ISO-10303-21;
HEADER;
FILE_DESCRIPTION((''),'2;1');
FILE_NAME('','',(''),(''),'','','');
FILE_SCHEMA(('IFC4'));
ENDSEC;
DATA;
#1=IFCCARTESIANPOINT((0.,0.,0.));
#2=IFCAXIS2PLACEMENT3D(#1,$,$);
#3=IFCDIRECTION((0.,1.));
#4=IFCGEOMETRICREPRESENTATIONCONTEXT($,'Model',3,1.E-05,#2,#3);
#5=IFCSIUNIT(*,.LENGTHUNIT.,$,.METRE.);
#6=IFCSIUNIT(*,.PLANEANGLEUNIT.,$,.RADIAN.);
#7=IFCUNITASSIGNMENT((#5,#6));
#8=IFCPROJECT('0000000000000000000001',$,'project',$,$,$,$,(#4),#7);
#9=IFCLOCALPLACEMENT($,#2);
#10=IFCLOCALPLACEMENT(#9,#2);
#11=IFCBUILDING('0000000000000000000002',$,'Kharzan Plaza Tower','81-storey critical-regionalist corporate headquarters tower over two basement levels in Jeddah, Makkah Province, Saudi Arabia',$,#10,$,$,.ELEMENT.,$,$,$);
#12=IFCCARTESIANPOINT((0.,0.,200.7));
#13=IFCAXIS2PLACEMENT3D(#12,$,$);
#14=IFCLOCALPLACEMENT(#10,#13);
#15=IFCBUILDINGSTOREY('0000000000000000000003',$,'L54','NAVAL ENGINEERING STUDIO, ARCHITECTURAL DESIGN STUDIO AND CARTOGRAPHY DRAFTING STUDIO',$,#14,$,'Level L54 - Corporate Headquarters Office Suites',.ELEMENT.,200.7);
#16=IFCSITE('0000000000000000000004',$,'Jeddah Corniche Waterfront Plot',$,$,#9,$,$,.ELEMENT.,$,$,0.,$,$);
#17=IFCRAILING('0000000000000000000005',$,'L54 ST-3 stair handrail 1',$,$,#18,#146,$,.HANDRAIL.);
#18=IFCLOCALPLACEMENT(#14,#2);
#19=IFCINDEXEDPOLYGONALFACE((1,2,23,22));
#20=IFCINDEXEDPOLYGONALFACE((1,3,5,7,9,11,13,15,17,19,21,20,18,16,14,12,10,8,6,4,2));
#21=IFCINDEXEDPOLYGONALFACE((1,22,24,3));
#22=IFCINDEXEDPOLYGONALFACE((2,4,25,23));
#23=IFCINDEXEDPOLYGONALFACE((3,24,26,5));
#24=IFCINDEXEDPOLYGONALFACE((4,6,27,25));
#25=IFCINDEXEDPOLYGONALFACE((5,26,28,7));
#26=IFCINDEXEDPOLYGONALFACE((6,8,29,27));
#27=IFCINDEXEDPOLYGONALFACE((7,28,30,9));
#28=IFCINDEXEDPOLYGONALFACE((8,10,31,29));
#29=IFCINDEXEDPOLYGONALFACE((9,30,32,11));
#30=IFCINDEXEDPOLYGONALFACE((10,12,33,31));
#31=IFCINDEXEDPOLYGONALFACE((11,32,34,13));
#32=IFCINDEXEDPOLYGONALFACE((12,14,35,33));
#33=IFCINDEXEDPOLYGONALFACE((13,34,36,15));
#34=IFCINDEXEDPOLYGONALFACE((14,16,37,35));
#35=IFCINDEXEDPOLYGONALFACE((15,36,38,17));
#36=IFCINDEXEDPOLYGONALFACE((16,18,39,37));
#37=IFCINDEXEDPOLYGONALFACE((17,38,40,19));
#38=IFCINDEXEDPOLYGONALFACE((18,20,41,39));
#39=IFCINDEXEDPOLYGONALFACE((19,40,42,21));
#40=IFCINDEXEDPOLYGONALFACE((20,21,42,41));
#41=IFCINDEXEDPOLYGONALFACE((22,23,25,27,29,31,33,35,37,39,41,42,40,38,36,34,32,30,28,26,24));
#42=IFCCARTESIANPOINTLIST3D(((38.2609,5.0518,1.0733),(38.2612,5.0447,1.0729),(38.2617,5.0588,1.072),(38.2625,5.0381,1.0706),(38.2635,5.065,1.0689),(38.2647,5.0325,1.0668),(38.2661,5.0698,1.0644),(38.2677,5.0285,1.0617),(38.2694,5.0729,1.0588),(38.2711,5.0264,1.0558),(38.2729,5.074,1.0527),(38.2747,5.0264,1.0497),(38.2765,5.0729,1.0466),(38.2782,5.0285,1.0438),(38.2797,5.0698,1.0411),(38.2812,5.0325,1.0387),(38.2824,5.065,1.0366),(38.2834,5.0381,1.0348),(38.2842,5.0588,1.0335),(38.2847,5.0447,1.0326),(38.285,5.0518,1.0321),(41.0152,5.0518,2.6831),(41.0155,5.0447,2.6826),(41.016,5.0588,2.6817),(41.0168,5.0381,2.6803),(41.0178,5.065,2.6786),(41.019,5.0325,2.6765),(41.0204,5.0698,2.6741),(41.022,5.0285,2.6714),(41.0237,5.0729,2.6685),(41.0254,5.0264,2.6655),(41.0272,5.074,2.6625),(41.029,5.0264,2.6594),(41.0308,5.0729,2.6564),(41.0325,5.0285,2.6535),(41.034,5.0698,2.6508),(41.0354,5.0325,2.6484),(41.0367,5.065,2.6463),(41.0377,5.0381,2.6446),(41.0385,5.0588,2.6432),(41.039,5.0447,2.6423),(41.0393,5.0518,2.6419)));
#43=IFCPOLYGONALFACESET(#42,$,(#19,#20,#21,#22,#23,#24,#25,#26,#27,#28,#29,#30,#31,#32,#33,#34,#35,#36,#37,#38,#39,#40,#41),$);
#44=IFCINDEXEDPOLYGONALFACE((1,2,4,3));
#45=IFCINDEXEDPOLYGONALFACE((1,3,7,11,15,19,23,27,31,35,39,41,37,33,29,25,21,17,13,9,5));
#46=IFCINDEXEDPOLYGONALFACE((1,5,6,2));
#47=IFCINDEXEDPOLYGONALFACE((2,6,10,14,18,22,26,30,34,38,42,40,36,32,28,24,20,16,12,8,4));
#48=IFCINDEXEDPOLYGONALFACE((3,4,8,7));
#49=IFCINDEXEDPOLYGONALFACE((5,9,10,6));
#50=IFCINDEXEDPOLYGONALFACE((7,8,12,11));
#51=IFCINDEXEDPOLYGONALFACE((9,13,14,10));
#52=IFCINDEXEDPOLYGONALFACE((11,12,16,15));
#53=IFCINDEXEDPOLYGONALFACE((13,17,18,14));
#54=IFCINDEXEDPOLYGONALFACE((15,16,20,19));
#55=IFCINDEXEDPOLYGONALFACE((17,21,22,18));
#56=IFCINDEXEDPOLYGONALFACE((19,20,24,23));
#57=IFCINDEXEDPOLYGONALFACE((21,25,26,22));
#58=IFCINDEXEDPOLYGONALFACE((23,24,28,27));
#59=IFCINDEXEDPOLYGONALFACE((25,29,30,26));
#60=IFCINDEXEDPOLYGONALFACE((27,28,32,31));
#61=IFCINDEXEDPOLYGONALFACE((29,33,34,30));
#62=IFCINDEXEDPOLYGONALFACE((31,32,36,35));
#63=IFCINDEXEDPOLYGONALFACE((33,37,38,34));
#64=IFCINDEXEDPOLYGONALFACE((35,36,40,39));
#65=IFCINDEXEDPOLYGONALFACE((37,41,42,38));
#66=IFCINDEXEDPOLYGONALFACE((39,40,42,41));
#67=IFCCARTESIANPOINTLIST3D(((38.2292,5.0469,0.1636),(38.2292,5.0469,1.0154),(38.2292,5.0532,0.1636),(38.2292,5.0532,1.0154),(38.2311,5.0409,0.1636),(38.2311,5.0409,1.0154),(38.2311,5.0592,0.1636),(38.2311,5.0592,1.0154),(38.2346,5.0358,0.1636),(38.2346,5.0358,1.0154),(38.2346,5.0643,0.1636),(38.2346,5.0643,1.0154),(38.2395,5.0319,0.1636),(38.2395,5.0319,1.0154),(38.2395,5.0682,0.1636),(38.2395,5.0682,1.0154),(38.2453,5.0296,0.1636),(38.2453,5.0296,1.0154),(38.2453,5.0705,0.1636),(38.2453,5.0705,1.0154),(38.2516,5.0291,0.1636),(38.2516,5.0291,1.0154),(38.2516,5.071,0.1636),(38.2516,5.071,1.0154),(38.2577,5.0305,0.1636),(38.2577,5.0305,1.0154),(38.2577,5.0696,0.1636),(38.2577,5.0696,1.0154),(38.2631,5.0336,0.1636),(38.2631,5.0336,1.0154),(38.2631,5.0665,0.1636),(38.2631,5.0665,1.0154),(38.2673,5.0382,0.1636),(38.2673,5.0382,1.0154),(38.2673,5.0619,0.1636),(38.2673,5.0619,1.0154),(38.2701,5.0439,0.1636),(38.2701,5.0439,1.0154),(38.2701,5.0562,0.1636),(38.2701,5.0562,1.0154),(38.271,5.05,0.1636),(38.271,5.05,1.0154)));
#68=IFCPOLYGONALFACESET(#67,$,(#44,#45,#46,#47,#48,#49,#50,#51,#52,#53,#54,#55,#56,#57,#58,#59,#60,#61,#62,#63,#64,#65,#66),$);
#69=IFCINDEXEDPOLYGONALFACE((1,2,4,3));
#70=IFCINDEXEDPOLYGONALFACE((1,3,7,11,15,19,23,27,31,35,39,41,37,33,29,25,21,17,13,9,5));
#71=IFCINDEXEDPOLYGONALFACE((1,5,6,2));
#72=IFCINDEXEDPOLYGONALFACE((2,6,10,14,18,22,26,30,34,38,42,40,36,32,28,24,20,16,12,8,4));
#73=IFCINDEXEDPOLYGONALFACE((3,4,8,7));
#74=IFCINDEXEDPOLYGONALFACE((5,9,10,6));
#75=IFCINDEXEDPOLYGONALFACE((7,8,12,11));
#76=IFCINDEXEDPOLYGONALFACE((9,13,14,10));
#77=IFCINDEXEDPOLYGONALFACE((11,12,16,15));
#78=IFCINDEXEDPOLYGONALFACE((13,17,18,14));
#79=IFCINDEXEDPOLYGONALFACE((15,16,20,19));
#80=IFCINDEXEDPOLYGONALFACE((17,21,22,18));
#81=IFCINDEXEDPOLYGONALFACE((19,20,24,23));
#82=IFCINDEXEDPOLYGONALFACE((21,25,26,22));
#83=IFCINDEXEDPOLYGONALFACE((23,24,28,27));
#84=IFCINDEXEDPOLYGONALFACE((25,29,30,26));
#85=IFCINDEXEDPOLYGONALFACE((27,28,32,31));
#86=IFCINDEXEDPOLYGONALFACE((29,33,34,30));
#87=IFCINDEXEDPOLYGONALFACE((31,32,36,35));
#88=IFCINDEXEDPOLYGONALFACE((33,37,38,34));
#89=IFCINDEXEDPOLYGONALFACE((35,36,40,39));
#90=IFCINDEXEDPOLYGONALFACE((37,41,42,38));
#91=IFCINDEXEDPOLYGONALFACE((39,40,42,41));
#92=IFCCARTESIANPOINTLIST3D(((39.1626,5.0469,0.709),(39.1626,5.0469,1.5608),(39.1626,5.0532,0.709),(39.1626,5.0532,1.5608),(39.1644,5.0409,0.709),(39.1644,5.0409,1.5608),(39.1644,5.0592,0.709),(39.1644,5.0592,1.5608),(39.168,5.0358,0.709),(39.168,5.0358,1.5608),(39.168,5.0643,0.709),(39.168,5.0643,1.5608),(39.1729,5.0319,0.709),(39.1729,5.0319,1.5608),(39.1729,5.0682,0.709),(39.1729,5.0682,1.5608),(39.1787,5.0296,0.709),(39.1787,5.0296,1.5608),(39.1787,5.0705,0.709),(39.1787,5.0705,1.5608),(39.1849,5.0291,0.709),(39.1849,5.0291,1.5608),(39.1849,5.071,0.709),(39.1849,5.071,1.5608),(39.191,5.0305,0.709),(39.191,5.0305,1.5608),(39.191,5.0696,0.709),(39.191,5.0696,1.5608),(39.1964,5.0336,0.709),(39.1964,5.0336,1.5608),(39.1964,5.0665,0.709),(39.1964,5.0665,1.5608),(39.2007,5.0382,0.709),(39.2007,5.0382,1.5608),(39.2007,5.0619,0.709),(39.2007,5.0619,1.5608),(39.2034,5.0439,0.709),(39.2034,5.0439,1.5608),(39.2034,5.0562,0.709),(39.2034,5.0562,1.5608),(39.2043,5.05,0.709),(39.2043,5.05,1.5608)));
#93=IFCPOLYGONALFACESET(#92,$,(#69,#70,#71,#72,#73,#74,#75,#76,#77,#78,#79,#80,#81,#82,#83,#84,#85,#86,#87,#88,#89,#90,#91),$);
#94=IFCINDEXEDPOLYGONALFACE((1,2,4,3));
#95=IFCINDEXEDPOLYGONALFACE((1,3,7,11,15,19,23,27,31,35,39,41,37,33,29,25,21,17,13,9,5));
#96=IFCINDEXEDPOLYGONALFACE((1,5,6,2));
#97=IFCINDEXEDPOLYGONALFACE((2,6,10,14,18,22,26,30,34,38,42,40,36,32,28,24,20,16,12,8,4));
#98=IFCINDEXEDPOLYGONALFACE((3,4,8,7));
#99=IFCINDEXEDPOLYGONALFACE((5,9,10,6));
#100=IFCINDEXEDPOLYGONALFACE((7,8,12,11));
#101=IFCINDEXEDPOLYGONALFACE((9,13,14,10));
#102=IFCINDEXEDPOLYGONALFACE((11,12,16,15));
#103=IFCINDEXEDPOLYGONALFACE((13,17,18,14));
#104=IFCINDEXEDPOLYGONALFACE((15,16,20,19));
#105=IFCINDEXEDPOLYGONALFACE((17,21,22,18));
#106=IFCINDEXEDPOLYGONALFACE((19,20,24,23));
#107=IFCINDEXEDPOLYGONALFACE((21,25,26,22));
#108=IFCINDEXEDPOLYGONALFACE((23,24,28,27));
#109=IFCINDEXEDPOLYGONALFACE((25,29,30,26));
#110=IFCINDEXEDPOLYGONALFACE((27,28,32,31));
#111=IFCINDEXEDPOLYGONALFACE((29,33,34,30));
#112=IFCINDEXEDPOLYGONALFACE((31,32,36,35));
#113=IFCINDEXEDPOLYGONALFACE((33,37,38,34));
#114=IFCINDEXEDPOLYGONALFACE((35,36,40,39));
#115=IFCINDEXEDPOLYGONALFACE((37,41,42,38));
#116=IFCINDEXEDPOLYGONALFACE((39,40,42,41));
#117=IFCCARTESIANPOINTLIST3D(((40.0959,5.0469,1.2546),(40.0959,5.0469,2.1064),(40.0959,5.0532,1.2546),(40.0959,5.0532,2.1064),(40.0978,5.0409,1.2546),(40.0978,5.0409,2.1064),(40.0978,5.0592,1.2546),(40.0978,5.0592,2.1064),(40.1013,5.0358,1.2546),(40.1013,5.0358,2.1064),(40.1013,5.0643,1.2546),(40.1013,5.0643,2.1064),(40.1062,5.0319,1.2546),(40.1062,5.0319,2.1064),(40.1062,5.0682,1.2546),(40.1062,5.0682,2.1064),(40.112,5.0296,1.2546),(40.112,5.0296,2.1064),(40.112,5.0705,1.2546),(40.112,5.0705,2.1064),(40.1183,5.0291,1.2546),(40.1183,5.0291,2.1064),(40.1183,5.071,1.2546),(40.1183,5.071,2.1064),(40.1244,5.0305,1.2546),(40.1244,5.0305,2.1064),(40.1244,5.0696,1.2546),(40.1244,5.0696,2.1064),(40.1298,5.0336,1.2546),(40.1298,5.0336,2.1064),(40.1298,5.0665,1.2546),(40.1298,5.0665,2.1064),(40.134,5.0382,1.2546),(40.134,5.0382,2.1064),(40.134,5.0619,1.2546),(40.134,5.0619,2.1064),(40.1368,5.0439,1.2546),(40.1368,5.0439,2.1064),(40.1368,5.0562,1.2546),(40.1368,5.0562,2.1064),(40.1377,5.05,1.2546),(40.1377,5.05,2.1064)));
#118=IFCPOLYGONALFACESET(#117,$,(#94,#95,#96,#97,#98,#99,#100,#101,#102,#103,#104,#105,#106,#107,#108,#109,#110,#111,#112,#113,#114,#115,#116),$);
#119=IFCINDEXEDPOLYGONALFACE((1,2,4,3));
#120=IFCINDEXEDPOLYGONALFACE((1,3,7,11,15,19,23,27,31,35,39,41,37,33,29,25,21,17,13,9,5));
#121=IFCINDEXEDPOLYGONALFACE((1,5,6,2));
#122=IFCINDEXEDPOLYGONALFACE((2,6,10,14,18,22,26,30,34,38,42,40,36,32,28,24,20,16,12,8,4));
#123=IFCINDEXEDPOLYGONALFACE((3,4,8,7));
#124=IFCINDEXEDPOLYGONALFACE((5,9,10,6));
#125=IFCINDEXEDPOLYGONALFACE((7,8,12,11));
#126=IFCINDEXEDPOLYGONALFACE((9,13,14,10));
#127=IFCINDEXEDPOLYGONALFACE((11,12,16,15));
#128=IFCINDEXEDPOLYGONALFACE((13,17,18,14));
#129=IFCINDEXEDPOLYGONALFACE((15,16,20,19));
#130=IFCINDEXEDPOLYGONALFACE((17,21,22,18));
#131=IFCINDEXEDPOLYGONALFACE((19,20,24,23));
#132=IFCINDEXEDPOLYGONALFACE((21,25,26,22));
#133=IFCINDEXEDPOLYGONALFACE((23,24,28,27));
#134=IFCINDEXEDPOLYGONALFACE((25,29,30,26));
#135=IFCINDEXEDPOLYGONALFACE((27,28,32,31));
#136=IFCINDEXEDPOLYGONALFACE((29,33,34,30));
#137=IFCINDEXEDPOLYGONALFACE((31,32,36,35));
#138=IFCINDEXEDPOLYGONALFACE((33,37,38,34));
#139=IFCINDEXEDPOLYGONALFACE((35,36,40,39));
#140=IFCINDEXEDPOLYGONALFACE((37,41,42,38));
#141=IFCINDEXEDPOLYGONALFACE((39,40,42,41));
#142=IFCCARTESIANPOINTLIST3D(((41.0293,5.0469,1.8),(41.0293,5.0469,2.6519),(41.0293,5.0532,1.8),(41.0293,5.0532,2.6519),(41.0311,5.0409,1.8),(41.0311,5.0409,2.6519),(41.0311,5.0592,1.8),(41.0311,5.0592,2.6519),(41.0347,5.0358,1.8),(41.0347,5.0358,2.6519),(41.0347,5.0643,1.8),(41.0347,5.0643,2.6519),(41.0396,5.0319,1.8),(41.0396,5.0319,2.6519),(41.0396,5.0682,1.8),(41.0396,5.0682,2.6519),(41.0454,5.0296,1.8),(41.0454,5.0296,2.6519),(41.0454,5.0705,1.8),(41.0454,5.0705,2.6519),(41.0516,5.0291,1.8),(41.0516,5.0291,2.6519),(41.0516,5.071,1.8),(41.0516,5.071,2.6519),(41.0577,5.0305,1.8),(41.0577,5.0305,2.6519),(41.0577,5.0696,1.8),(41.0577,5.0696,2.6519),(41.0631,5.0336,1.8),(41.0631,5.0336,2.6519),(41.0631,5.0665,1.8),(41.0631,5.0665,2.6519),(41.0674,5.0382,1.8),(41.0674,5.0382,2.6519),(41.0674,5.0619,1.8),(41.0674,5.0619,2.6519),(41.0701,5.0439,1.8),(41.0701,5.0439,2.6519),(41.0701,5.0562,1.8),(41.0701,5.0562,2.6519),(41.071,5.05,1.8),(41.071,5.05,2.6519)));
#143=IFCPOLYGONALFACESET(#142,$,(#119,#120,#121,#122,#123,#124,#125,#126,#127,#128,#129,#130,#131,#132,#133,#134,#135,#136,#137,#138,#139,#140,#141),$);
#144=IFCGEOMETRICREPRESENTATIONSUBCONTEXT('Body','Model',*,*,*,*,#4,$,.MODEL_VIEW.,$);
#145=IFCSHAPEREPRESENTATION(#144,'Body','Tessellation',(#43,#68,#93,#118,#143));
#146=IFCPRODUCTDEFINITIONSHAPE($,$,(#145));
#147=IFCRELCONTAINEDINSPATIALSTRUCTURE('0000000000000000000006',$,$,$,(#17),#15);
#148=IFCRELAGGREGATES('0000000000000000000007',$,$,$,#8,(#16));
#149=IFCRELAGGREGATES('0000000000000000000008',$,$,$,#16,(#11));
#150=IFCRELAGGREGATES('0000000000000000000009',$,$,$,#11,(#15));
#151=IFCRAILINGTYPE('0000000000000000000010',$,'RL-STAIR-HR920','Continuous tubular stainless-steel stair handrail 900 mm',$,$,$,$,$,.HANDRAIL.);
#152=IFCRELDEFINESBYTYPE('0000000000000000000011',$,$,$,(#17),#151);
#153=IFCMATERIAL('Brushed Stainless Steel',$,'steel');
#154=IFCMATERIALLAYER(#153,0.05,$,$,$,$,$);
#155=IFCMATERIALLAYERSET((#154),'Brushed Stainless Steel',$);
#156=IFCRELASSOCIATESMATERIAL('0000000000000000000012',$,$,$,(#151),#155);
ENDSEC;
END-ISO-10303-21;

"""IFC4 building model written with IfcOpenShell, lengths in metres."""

from ifc_helpers import new_model, si_unit, direction, frame, origin, origin_2d, place, context, subcontext, project, spatial, circle, extrude, source, transform, mapped, material, layer, layer_set, type_object, element, save


model = new_model("IFC4")

# Units and contexts
model_context = context("Model", 3, precision=1e-05, world=origin(), true_north=direction((0.0, 1.0)))
body_context = subcontext(model_context, "Body", "Model", "MODEL_VIEW")
ifc_project = project(units=[si_unit("LENGTHUNIT", "METRE"), si_unit("PLANEANGLEUNIT", "RADIAN")], contexts=[model_context])

# Site, building, storey
site_placement = place(None, origin())
site = spatial("IfcSite", under=ifc_project, at=site_placement, Name="Jeddah Corniche Waterfront Plot", CompositionType="ELEMENT", RefElevation=0.0)
building_placement = place(site_placement, origin())
building = spatial("IfcBuilding", under=site, at=building_placement, Name="Kharzan Plaza Tower", Description="81-storey critical-regionalist corporate headquarters tower over two basement levels in Jeddah, Makkah Province, Saudi Arabia", CompositionType="ELEMENT")
storey_placement = place(building_placement, frame((0.0, 0.0, 200.7)))
storey = spatial("IfcBuildingStorey", under=building, at=storey_placement, Name="L54", Description="NAVAL ENGINEERING STUDIO, ARCHITECTURAL DESIGN STUDIO AND CARTOGRAPHY DRAFTING STUDIO", LongName="Level L54 - Corporate Headquarters Office Suites", CompositionType="ELEMENT", Elevation=200.7)

# Railing
ifc_material_1 = material(Name="Brushed Stainless Steel", Category="steel")
ifc_layer_1 = layer(ifc_material_1, 0.05)
ifc_layer_set_1 = layer_set([ifc_layer_1], Name="Brushed Stainless Steel")
railing_type_1 = type_object("IfcRailingType", Name="RL-STAIR-HR920", Description="Continuous tubular stainless-steel stair handrail 900 mm", PredefinedType="HANDRAIL", material=ifc_layer_set_1)
shared_shape_1 = source(origin(), body_context, "Body", "SweptSolid", [
    extrude(circle(Radius=0.0239, at=origin_2d()), frame((0.0229, 0.0, 0.8892), z_axis=(0.863361, 0.0, 0.504587), x_axis=(0.0, 1.0, 0.0)), (0.0, 0.0, 1.0), 3.1902),
    extrude(circle(Radius=0.021, at=origin_2d()), origin(), (0.0, 0.0, 1.0), 0.8518),
    extrude(circle(Radius=0.021, at=origin_2d()), frame((0.9333, 0.0, 0.5454)), (0.0, 0.0, 1.0), 0.8518),
    extrude(circle(Radius=0.021, at=origin_2d()), frame((1.8667, 0.0, 1.0911)), (0.0, 0.0, 1.0), 0.8518),
    extrude(circle(Radius=0.021, at=origin_2d()), frame((2.8, 0.0, 1.6365)), (0.0, 0.0, 1.0), 0.8518),
])
railing_1_placement = place(storey_placement, frame((38.25, 5.05, 0.1636)))
element("IfcRailing", 1, at=railing_1_placement, inside=storey, type_object=railing_type_1, Name="L54 ST-3 stair handrail 1", PredefinedType="HANDRAIL", context=body_context, shape_type="MappedRepresentation", body=[
    mapped(shared_shape_1, transform((0.0, 0.0, 0.0), x_axis=(1.0, 0.0, 0.0), y_axis=(0.0, 1.0, 0.0), z_axis=(0.0, 0.0, 1.0))),
])

save(model, "model.ifc")
